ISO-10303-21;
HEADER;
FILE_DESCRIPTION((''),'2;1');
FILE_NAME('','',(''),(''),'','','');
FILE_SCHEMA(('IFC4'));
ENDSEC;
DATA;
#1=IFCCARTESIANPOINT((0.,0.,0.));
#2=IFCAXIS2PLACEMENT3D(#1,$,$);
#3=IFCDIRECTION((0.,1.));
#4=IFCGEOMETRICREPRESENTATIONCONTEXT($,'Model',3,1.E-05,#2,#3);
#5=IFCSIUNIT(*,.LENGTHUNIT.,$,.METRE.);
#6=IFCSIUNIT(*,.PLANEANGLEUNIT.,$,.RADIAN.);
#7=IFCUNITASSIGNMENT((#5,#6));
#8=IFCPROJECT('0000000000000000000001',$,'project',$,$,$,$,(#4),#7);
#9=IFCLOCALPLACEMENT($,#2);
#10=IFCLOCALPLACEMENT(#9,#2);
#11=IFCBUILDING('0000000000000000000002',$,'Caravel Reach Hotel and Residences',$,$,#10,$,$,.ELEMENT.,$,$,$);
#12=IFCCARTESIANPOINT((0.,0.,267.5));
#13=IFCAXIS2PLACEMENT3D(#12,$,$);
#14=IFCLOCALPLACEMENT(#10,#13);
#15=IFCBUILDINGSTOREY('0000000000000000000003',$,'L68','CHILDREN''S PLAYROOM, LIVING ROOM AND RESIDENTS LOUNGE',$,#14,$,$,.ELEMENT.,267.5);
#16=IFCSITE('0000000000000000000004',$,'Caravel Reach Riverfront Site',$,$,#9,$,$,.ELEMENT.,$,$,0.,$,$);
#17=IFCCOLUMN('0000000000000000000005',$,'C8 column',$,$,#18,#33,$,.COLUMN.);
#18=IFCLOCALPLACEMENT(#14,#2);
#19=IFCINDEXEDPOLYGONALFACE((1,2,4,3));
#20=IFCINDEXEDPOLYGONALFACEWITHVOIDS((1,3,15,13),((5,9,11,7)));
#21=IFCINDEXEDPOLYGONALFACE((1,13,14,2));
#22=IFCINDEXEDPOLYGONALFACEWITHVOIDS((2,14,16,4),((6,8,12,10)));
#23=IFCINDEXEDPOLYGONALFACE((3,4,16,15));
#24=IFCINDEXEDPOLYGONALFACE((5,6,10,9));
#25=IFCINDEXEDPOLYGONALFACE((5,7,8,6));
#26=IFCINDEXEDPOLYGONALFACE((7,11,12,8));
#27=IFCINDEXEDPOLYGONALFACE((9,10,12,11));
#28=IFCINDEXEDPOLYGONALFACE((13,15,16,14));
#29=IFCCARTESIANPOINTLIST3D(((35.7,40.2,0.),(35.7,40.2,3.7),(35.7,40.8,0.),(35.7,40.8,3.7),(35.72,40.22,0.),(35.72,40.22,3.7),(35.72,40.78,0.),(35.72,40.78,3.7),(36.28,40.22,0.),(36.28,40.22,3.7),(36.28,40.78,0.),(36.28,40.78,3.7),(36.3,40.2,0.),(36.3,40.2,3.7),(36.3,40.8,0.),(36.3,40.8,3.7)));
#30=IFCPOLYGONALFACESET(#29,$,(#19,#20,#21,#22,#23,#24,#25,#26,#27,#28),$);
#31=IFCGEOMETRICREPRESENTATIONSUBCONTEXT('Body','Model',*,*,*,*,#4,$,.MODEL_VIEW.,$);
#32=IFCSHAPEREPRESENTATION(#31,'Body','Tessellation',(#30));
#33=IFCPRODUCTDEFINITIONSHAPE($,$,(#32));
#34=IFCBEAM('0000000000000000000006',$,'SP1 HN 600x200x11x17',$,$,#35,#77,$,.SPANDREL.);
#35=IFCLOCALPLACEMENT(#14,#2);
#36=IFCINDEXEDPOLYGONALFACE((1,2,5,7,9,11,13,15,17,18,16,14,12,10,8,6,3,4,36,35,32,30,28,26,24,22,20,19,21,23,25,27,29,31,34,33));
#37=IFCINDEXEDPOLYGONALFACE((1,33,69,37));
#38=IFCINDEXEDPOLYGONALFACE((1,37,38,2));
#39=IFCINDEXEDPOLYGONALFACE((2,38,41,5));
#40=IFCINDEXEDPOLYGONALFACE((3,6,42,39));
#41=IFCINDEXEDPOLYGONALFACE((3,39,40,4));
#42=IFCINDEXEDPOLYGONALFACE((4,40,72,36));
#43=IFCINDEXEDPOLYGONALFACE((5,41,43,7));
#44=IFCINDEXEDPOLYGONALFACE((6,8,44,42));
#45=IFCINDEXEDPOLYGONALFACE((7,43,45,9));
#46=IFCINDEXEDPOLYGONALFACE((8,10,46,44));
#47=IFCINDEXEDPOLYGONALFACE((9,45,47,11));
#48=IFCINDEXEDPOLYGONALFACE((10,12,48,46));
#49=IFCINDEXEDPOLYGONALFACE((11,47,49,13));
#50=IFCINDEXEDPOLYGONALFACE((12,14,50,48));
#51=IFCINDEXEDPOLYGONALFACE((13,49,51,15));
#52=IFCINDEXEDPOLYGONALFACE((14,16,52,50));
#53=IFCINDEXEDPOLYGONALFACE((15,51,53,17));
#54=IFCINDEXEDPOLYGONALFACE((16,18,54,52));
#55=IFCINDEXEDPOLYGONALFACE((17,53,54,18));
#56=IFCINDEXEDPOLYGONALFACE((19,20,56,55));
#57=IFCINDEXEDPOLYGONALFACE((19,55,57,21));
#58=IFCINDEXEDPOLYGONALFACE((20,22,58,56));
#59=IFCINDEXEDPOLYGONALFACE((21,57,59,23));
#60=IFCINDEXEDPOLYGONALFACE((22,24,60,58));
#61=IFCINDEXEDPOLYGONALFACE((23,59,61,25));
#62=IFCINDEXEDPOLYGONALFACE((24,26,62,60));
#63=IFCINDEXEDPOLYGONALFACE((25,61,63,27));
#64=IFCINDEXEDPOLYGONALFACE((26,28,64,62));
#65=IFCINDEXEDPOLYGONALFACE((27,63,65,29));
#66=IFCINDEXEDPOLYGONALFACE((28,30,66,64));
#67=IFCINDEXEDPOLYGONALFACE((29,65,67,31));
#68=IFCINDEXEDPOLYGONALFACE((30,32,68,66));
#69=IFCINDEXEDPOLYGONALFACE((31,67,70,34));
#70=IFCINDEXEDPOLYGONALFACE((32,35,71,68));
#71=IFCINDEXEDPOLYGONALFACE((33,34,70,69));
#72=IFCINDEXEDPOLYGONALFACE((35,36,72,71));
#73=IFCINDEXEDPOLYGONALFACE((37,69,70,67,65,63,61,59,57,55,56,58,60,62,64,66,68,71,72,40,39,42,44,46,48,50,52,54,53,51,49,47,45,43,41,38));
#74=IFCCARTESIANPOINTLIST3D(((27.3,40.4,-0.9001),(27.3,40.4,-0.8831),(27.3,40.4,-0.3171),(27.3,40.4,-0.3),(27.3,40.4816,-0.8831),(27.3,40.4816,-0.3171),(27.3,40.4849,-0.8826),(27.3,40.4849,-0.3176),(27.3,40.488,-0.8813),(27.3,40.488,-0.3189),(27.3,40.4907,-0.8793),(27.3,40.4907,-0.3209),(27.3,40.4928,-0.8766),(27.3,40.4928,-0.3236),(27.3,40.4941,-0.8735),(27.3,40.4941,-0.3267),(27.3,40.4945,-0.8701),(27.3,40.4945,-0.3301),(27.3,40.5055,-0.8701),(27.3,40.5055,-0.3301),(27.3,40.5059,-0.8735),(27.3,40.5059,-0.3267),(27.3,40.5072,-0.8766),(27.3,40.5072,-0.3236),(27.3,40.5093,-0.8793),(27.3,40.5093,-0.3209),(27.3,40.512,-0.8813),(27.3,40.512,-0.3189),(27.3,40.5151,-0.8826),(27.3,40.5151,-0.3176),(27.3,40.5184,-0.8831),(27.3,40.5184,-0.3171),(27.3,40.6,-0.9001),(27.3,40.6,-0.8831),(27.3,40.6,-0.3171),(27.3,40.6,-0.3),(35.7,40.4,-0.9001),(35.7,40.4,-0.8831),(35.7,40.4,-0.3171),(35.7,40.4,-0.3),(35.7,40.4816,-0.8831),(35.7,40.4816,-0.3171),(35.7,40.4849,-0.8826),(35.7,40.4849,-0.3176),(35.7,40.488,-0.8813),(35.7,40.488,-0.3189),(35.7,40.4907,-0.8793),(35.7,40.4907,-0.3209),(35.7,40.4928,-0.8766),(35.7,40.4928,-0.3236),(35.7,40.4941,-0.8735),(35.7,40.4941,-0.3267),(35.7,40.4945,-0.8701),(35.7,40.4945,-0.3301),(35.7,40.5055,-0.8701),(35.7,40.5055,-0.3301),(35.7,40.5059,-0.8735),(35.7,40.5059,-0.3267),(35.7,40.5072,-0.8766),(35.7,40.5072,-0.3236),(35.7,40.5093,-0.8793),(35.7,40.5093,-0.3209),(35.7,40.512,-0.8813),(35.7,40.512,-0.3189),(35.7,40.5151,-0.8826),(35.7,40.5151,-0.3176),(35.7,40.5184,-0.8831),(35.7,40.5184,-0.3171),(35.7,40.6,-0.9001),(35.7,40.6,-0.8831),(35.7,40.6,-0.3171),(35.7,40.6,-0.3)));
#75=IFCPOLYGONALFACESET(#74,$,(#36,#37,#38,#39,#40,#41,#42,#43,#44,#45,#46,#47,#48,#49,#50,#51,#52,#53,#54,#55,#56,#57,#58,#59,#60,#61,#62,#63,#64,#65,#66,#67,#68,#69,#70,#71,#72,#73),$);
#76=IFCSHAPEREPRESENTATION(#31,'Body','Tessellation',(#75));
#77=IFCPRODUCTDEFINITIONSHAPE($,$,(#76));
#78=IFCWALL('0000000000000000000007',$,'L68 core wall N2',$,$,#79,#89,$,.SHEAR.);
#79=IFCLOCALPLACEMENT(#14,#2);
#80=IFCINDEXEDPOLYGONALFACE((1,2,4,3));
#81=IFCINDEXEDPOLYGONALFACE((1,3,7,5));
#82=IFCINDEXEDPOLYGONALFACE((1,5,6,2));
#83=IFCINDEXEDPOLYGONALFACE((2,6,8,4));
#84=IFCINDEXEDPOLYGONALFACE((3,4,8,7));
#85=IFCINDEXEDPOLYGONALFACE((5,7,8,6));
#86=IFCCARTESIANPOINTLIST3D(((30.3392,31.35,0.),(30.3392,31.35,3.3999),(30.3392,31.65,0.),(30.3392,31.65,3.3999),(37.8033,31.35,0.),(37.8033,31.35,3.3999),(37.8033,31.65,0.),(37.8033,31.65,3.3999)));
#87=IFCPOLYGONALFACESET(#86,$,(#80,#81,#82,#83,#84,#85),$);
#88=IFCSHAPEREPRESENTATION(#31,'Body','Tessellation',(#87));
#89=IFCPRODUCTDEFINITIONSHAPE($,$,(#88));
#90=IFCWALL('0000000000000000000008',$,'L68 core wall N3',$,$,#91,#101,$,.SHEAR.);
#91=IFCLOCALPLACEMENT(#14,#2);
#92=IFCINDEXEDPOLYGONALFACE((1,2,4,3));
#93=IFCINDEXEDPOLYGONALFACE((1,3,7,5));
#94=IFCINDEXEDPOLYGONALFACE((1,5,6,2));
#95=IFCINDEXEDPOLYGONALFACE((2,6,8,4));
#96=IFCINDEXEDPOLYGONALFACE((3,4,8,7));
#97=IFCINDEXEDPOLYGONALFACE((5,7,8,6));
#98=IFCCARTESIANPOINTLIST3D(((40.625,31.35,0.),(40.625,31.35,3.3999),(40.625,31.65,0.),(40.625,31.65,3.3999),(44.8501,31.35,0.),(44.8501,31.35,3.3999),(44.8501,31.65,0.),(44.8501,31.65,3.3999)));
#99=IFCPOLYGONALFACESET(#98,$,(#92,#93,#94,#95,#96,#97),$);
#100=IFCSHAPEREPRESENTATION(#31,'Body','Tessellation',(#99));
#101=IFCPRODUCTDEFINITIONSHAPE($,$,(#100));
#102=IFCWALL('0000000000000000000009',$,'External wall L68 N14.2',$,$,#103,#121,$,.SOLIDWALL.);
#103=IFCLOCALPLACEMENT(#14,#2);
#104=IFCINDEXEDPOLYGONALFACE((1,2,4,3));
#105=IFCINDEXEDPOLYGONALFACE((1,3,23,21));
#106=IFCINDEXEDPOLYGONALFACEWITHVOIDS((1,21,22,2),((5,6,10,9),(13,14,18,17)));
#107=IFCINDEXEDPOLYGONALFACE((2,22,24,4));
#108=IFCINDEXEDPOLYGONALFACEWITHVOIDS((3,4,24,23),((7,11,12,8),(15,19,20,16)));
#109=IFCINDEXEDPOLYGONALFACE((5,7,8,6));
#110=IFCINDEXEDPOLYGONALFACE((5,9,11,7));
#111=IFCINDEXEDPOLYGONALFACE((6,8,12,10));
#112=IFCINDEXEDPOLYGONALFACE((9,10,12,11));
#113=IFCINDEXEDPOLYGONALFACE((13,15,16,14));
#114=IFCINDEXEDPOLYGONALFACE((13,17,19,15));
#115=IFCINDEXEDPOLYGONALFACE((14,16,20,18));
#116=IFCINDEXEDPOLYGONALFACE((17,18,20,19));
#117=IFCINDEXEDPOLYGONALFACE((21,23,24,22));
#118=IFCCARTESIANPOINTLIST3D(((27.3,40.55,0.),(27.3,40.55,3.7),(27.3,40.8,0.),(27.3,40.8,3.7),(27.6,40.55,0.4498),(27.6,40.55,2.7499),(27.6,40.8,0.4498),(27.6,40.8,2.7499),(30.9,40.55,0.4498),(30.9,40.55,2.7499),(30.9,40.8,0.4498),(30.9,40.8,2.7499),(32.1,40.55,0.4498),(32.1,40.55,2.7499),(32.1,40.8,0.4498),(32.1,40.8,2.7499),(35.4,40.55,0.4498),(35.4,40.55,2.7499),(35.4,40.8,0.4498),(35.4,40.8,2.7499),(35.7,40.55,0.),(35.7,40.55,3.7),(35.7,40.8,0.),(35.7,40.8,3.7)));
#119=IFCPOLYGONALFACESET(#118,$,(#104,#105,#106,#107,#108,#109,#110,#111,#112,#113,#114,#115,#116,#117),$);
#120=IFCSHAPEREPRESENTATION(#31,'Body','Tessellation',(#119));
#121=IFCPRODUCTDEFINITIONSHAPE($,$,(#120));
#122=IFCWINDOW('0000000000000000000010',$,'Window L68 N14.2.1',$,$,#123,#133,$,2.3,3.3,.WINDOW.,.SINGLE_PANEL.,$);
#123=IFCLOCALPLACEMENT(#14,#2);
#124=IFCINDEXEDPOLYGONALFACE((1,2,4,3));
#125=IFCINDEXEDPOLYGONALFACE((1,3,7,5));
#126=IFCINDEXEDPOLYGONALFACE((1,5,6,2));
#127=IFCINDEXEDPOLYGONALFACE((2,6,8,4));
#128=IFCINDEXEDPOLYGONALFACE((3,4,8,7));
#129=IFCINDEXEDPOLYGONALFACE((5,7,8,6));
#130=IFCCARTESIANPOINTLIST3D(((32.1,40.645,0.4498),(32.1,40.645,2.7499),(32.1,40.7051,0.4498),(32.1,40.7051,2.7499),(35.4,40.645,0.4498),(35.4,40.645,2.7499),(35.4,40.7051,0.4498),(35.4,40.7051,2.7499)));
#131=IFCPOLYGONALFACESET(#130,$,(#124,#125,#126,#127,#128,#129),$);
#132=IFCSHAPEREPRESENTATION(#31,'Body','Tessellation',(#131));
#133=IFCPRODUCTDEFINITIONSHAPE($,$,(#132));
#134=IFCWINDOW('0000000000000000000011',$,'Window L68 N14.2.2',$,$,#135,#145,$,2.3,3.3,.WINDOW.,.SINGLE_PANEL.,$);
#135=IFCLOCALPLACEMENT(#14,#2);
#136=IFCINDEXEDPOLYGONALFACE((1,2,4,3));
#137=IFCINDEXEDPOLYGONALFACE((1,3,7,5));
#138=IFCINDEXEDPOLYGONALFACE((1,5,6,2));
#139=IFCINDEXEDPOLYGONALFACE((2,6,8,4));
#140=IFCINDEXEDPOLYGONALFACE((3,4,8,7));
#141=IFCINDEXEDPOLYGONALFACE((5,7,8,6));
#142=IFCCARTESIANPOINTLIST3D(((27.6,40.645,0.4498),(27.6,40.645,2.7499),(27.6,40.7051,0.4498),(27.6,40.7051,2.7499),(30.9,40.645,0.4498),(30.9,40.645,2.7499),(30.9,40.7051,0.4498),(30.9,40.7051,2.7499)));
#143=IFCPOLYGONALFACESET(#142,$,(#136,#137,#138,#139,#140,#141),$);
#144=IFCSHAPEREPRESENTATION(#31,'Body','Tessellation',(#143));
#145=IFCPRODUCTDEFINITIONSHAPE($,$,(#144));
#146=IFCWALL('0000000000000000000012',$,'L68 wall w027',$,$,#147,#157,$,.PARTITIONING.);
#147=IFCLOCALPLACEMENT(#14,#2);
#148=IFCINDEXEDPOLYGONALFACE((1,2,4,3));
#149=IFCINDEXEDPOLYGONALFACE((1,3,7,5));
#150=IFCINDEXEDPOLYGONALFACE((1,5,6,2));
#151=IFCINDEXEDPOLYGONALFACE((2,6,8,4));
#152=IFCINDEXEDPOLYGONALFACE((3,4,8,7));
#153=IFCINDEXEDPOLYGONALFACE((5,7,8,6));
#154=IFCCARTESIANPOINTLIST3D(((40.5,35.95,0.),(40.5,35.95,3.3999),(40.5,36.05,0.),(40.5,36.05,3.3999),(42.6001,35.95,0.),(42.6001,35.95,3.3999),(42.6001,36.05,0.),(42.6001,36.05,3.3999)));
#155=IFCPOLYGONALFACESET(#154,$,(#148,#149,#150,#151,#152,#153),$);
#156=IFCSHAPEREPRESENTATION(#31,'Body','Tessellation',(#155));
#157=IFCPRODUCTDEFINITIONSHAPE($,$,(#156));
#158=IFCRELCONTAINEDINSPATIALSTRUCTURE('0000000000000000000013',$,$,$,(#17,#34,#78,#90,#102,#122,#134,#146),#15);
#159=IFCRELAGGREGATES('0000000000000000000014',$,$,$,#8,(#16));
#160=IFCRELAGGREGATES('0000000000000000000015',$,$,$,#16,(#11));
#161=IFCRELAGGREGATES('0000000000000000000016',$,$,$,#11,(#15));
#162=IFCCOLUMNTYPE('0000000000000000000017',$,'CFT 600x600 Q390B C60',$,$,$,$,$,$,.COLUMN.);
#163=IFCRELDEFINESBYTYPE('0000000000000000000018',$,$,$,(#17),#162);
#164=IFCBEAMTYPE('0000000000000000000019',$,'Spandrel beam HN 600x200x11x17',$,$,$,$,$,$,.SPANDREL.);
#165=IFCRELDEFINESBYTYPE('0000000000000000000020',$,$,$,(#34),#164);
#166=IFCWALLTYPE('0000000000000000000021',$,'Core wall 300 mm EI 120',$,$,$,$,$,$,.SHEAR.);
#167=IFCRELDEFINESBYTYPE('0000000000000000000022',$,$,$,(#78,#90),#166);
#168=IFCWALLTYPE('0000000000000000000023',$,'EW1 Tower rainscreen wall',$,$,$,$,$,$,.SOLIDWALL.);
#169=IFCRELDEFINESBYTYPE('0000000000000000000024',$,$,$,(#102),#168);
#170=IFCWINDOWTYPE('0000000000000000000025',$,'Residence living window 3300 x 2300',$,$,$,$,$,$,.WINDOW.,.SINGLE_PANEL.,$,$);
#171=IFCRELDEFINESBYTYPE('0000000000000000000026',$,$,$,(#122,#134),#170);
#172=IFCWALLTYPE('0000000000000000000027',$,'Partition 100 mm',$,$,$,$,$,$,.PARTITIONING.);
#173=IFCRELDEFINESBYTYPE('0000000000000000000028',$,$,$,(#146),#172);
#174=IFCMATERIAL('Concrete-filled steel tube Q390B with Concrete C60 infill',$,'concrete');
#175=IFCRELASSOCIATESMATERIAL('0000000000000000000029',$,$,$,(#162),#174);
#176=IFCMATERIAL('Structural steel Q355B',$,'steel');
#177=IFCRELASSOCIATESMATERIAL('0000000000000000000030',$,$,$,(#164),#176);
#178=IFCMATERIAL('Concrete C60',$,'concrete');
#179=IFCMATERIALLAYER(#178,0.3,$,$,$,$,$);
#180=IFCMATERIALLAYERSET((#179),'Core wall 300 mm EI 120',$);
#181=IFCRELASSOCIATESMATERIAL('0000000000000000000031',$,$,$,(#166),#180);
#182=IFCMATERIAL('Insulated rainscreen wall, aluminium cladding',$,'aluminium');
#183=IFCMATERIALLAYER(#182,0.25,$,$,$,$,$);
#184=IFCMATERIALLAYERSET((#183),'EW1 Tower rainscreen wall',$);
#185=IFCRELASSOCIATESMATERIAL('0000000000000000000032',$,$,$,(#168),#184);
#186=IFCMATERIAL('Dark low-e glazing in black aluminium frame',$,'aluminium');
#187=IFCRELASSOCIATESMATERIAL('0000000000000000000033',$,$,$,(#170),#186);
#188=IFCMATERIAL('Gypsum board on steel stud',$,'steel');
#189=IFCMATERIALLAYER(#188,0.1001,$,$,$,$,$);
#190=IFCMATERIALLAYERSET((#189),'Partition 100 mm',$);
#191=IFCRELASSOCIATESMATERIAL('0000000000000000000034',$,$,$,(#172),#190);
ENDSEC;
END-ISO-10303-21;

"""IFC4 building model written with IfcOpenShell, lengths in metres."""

from ifc_helpers import new_model, si_unit, direction, frame, frame_2d, origin, origin_2d, place, context, subcontext, project, spatial, rectangle, hollow_rectangle, i_section, extrude, material, layer, layer_set, material_profile, profile_set, type_object, element, fill, save


model = new_model("IFC4")

# Units and contexts
model_context = context("Model", 3, precision=1e-05, world=origin(), true_north=direction((0.0, 1.0)))
body_context = subcontext(model_context, "Body", "Model", "MODEL_VIEW")
ifc_project = project(units=[si_unit("LENGTHUNIT", "METRE"), si_unit("PLANEANGLEUNIT", "RADIAN")], contexts=[model_context])

# Site, building, storey
site_placement = place(None, origin())
site = spatial("IfcSite", under=ifc_project, at=site_placement, Name="Caravel Reach Riverfront Site", CompositionType="ELEMENT", RefElevation=0.0)
building_placement = place(site_placement, origin())
building = spatial("IfcBuilding", under=site, at=building_placement, Name="Caravel Reach Hotel and Residences", CompositionType="ELEMENT")
storey_placement = place(building_placement, frame((0.0, 0.0, 267.5)))
storey = spatial("IfcBuildingStorey", under=building, at=storey_placement, Name="L68", Description="CHILDREN'S PLAYROOM, LIVING ROOM AND RESIDENTS LOUNGE", CompositionType="ELEMENT", Elevation=267.5)

# Column
ifc_material_1 = material(Name="Concrete-filled steel tube Q390B with Concrete C60 infill", Category="concrete")
ifc_material_profile_1 = material_profile(ifc_material_1, hollow_rectangle(XDim=0.6001, YDim=0.6001, WallThickness=0.02, at=origin_2d()), Name="RHS 600x600x20")
ifc_profile_set_1 = profile_set([ifc_material_profile_1], Name="Concrete-filled steel tube Q390B with Concrete C60 infill")
column_type = type_object("IfcColumnType", Name="CFT 600x600 Q390B C60", PredefinedType="COLUMN", material=ifc_profile_set_1)
column_placement = place(storey_placement, frame((36.0, 40.5, 0.0), z_axis=(0.0, 0.0, 1.0), x_axis=(1.0, 0.0, 0.0)))
element("IfcColumn", 1, at=column_placement, inside=storey, type_object=column_type, Name="C8 column", PredefinedType="COLUMN", context=body_context, shape_type="SweptSolid", body=[
    extrude(hollow_rectangle(XDim=0.6001, YDim=0.6001, WallThickness=0.02, at=origin_2d()), origin(), (0.0, 0.0, 1.0), 3.7),
])

# Beam
ifc_material_2 = material(Name="Structural steel Q355B", Category="steel")
ifc_material_profile_2 = material_profile(ifc_material_2, i_section(OverallWidth=0.2, OverallDepth=0.6001, WebThickness=0.011, FlangeThickness=0.0171, FilletRadius=0.0129, at=origin_2d()), Name="HN 600x200x11x17")
ifc_profile_set_2 = profile_set([ifc_material_profile_2], Name="Structural steel Q355B")
beam_type = type_object("IfcBeamType", Name="Spandrel beam HN 600x200x11x17", PredefinedType="SPANDREL", material=ifc_profile_set_2)
beam_placement = place(storey_placement, frame((35.7, 40.5, -0.6001), z_axis=(-1.0, 0.0, 0.0), x_axis=(0.0, -1.0, 0.0)))
element("IfcBeam", 2, at=beam_placement, inside=storey, type_object=beam_type, Name="SP1 HN 600x200x11x17", PredefinedType="SPANDREL", context=body_context, shape_type="SweptSolid", body=[
    extrude(i_section(OverallWidth=0.2, OverallDepth=0.6001, WebThickness=0.011, FlangeThickness=0.0171, FilletRadius=0.0129, at=origin_2d()), origin(), (0.0, 0.0, 1.0), 8.3999),
])

# Walls
ifc_material_3 = material(Name="Concrete C60", Category="concrete")
ifc_layer_1 = layer(ifc_material_3, 0.3)
ifc_layer_set_1 = layer_set([ifc_layer_1], Name="Core wall 300 mm EI 120")
wall_type_1 = type_object("IfcWallType", Name="Core wall 300 mm EI 120", PredefinedType="SHEAR", material=ifc_layer_set_1)
wall_1_placement = place(storey_placement, frame((30.3394, 31.5, 0.0), z_axis=(0.0, 0.0, 1.0), x_axis=(1.0, 0.0, 0.0)))
element("IfcWall", 3, at=wall_1_placement, inside=storey, type_object=wall_type_1, Name="L68 core wall N2", PredefinedType="SHEAR", context=body_context, shape_type="SweptSolid", body=[
    extrude(rectangle(XDim=7.4641, YDim=0.3, at=frame_2d((3.7319, 0.0))), origin(), (0.0, 0.0, 1.0), 3.3999),
])
wall_2_placement = place(storey_placement, frame((40.625, 31.5, 0.0), z_axis=(0.0, 0.0, 1.0), x_axis=(1.0, 0.0, 0.0)))
element("IfcWall", 4, at=wall_2_placement, inside=storey, type_object=wall_type_1, Name="L68 core wall N3", PredefinedType="SHEAR", context=body_context, shape_type="SweptSolid", body=[
    extrude(rectangle(XDim=4.2251, YDim=0.3, at=frame_2d((2.1125, 0.0))), origin(), (0.0, 0.0, 1.0), 3.3999),
])

# Wall, openings, windows
ifc_material_4 = material(Name="Insulated rainscreen wall, aluminium cladding", Category="aluminium")
ifc_layer_2 = layer(ifc_material_4, 0.25)
ifc_layer_set_2 = layer_set([ifc_layer_2], Name="EW1 Tower rainscreen wall")
wall_type_2 = type_object("IfcWallType", Name="EW1 Tower rainscreen wall", PredefinedType="SOLIDWALL", material=ifc_layer_set_2)
wall_3_placement = place(storey_placement, frame((35.7, 40.675, 0.0), z_axis=(0.0, 0.0, 1.0), x_axis=(-1.0, 0.0, 0.0)))
wall_3 = element("IfcWall", 5, at=wall_3_placement, inside=storey, type_object=wall_type_2, Name="External wall L68 N14.2", PredefinedType="SOLIDWALL", context=body_context, shape_type="SweptSolid", body=[
    extrude(rectangle(XDim=8.3999, YDim=0.25, at=frame_2d((4.2, 0.0))), origin(), (0.0, 0.0, 1.0), 3.7),
])
opening_1_placement = place(wall_3_placement, frame((0.3, 0.0, 0.45)))
opening_1 = element("IfcOpeningElement", 6, at=opening_1_placement, cuts=wall_3, PredefinedType="OPENING", context=body_context, shape_type="SweptSolid", body=[
    extrude(rectangle(XDim=3.3, YDim=2.3, at=frame_2d((1.6499, 1.1499))), frame((0.0, 0.135, 0.0), z_axis=(0.0, -1.0, 0.0), x_axis=(1.0, 0.0, 0.0)), (0.0, 0.0, 1.0), 0.27),
])
opening_2_placement = place(wall_3_placement, frame((4.8, 0.0, 0.45)))
opening_2 = element("IfcOpeningElement", 7, at=opening_2_placement, cuts=wall_3, PredefinedType="OPENING", context=body_context, shape_type="SweptSolid", body=[
    extrude(rectangle(XDim=3.3, YDim=2.3, at=frame_2d((1.6499, 1.1499))), frame((0.0, 0.135, 0.0), z_axis=(0.0, -1.0, 0.0), x_axis=(1.0, 0.0, 0.0)), (0.0, 0.0, 1.0), 0.27),
])
ifc_material_5 = material(Name="Dark low-e glazing in black aluminium frame", Category="aluminium")
window_type = type_object("IfcWindowType", Name="Residence living window 3300 x 2300", PartitioningType="SINGLE_PANEL", PredefinedType="WINDOW", material=ifc_material_5)
window_1_placement = place(opening_1_placement, origin())
window_1 = element("IfcWindow", 8, at=window_1_placement, inside=storey, type_object=window_type, Name="Window L68 N14.2.1", OverallHeight=2.3, OverallWidth=3.3, PartitioningType="SINGLE_PANEL", PredefinedType="WINDOW", context=body_context, shape_type="SweptSolid", body=[
    extrude(rectangle(XDim=3.3, YDim=2.3, at=frame_2d((1.6499, 1.1499))), frame((0.0, 0.03, 0.0), z_axis=(0.0, -1.0, 0.0), x_axis=(1.0, 0.0, 0.0)), (0.0, 0.0, 1.0), 0.0601),
])
fill(opening_1, window_1)
window_2_placement = place(opening_2_placement, origin())
window_2 = element("IfcWindow", 9, at=window_2_placement, inside=storey, type_object=window_type, Name="Window L68 N14.2.2", OverallHeight=2.3, OverallWidth=3.3, PartitioningType="SINGLE_PANEL", PredefinedType="WINDOW", context=body_context, shape_type="SweptSolid", body=[
    extrude(rectangle(XDim=3.3, YDim=2.3, at=frame_2d((1.6499, 1.1499))), frame((0.0, 0.03, 0.0), z_axis=(0.0, -1.0, 0.0), x_axis=(1.0, 0.0, 0.0)), (0.0, 0.0, 1.0), 0.0601),
])
fill(opening_2, window_2)

# Wall
ifc_material_6 = material(Name="Gypsum board on steel stud", Category="steel")
ifc_layer_3 = layer(ifc_material_6, 0.1001)
ifc_layer_set_3 = layer_set([ifc_layer_3], Name="Partition 100 mm")
wall_type_3 = type_object("IfcWallType", Name="Partition 100 mm", PredefinedType="PARTITIONING", material=ifc_layer_set_3)
wall_4_placement = place(storey_placement, frame((40.5, 36.0, 0.0), z_axis=(0.0, 0.0, 1.0), x_axis=(1.0, 0.0, 0.0)))
element("IfcWall", 10, at=wall_4_placement, inside=storey, type_object=wall_type_3, Name="L68 wall w027", PredefinedType="PARTITIONING", context=body_context, shape_type="SweptSolid", body=[
    extrude(rectangle(XDim=2.1001, YDim=0.1001, at=frame_2d((1.05, 0.0))), origin(), (0.0, 0.0, 1.0), 3.3999),
])

save(model, "model.ifc")
